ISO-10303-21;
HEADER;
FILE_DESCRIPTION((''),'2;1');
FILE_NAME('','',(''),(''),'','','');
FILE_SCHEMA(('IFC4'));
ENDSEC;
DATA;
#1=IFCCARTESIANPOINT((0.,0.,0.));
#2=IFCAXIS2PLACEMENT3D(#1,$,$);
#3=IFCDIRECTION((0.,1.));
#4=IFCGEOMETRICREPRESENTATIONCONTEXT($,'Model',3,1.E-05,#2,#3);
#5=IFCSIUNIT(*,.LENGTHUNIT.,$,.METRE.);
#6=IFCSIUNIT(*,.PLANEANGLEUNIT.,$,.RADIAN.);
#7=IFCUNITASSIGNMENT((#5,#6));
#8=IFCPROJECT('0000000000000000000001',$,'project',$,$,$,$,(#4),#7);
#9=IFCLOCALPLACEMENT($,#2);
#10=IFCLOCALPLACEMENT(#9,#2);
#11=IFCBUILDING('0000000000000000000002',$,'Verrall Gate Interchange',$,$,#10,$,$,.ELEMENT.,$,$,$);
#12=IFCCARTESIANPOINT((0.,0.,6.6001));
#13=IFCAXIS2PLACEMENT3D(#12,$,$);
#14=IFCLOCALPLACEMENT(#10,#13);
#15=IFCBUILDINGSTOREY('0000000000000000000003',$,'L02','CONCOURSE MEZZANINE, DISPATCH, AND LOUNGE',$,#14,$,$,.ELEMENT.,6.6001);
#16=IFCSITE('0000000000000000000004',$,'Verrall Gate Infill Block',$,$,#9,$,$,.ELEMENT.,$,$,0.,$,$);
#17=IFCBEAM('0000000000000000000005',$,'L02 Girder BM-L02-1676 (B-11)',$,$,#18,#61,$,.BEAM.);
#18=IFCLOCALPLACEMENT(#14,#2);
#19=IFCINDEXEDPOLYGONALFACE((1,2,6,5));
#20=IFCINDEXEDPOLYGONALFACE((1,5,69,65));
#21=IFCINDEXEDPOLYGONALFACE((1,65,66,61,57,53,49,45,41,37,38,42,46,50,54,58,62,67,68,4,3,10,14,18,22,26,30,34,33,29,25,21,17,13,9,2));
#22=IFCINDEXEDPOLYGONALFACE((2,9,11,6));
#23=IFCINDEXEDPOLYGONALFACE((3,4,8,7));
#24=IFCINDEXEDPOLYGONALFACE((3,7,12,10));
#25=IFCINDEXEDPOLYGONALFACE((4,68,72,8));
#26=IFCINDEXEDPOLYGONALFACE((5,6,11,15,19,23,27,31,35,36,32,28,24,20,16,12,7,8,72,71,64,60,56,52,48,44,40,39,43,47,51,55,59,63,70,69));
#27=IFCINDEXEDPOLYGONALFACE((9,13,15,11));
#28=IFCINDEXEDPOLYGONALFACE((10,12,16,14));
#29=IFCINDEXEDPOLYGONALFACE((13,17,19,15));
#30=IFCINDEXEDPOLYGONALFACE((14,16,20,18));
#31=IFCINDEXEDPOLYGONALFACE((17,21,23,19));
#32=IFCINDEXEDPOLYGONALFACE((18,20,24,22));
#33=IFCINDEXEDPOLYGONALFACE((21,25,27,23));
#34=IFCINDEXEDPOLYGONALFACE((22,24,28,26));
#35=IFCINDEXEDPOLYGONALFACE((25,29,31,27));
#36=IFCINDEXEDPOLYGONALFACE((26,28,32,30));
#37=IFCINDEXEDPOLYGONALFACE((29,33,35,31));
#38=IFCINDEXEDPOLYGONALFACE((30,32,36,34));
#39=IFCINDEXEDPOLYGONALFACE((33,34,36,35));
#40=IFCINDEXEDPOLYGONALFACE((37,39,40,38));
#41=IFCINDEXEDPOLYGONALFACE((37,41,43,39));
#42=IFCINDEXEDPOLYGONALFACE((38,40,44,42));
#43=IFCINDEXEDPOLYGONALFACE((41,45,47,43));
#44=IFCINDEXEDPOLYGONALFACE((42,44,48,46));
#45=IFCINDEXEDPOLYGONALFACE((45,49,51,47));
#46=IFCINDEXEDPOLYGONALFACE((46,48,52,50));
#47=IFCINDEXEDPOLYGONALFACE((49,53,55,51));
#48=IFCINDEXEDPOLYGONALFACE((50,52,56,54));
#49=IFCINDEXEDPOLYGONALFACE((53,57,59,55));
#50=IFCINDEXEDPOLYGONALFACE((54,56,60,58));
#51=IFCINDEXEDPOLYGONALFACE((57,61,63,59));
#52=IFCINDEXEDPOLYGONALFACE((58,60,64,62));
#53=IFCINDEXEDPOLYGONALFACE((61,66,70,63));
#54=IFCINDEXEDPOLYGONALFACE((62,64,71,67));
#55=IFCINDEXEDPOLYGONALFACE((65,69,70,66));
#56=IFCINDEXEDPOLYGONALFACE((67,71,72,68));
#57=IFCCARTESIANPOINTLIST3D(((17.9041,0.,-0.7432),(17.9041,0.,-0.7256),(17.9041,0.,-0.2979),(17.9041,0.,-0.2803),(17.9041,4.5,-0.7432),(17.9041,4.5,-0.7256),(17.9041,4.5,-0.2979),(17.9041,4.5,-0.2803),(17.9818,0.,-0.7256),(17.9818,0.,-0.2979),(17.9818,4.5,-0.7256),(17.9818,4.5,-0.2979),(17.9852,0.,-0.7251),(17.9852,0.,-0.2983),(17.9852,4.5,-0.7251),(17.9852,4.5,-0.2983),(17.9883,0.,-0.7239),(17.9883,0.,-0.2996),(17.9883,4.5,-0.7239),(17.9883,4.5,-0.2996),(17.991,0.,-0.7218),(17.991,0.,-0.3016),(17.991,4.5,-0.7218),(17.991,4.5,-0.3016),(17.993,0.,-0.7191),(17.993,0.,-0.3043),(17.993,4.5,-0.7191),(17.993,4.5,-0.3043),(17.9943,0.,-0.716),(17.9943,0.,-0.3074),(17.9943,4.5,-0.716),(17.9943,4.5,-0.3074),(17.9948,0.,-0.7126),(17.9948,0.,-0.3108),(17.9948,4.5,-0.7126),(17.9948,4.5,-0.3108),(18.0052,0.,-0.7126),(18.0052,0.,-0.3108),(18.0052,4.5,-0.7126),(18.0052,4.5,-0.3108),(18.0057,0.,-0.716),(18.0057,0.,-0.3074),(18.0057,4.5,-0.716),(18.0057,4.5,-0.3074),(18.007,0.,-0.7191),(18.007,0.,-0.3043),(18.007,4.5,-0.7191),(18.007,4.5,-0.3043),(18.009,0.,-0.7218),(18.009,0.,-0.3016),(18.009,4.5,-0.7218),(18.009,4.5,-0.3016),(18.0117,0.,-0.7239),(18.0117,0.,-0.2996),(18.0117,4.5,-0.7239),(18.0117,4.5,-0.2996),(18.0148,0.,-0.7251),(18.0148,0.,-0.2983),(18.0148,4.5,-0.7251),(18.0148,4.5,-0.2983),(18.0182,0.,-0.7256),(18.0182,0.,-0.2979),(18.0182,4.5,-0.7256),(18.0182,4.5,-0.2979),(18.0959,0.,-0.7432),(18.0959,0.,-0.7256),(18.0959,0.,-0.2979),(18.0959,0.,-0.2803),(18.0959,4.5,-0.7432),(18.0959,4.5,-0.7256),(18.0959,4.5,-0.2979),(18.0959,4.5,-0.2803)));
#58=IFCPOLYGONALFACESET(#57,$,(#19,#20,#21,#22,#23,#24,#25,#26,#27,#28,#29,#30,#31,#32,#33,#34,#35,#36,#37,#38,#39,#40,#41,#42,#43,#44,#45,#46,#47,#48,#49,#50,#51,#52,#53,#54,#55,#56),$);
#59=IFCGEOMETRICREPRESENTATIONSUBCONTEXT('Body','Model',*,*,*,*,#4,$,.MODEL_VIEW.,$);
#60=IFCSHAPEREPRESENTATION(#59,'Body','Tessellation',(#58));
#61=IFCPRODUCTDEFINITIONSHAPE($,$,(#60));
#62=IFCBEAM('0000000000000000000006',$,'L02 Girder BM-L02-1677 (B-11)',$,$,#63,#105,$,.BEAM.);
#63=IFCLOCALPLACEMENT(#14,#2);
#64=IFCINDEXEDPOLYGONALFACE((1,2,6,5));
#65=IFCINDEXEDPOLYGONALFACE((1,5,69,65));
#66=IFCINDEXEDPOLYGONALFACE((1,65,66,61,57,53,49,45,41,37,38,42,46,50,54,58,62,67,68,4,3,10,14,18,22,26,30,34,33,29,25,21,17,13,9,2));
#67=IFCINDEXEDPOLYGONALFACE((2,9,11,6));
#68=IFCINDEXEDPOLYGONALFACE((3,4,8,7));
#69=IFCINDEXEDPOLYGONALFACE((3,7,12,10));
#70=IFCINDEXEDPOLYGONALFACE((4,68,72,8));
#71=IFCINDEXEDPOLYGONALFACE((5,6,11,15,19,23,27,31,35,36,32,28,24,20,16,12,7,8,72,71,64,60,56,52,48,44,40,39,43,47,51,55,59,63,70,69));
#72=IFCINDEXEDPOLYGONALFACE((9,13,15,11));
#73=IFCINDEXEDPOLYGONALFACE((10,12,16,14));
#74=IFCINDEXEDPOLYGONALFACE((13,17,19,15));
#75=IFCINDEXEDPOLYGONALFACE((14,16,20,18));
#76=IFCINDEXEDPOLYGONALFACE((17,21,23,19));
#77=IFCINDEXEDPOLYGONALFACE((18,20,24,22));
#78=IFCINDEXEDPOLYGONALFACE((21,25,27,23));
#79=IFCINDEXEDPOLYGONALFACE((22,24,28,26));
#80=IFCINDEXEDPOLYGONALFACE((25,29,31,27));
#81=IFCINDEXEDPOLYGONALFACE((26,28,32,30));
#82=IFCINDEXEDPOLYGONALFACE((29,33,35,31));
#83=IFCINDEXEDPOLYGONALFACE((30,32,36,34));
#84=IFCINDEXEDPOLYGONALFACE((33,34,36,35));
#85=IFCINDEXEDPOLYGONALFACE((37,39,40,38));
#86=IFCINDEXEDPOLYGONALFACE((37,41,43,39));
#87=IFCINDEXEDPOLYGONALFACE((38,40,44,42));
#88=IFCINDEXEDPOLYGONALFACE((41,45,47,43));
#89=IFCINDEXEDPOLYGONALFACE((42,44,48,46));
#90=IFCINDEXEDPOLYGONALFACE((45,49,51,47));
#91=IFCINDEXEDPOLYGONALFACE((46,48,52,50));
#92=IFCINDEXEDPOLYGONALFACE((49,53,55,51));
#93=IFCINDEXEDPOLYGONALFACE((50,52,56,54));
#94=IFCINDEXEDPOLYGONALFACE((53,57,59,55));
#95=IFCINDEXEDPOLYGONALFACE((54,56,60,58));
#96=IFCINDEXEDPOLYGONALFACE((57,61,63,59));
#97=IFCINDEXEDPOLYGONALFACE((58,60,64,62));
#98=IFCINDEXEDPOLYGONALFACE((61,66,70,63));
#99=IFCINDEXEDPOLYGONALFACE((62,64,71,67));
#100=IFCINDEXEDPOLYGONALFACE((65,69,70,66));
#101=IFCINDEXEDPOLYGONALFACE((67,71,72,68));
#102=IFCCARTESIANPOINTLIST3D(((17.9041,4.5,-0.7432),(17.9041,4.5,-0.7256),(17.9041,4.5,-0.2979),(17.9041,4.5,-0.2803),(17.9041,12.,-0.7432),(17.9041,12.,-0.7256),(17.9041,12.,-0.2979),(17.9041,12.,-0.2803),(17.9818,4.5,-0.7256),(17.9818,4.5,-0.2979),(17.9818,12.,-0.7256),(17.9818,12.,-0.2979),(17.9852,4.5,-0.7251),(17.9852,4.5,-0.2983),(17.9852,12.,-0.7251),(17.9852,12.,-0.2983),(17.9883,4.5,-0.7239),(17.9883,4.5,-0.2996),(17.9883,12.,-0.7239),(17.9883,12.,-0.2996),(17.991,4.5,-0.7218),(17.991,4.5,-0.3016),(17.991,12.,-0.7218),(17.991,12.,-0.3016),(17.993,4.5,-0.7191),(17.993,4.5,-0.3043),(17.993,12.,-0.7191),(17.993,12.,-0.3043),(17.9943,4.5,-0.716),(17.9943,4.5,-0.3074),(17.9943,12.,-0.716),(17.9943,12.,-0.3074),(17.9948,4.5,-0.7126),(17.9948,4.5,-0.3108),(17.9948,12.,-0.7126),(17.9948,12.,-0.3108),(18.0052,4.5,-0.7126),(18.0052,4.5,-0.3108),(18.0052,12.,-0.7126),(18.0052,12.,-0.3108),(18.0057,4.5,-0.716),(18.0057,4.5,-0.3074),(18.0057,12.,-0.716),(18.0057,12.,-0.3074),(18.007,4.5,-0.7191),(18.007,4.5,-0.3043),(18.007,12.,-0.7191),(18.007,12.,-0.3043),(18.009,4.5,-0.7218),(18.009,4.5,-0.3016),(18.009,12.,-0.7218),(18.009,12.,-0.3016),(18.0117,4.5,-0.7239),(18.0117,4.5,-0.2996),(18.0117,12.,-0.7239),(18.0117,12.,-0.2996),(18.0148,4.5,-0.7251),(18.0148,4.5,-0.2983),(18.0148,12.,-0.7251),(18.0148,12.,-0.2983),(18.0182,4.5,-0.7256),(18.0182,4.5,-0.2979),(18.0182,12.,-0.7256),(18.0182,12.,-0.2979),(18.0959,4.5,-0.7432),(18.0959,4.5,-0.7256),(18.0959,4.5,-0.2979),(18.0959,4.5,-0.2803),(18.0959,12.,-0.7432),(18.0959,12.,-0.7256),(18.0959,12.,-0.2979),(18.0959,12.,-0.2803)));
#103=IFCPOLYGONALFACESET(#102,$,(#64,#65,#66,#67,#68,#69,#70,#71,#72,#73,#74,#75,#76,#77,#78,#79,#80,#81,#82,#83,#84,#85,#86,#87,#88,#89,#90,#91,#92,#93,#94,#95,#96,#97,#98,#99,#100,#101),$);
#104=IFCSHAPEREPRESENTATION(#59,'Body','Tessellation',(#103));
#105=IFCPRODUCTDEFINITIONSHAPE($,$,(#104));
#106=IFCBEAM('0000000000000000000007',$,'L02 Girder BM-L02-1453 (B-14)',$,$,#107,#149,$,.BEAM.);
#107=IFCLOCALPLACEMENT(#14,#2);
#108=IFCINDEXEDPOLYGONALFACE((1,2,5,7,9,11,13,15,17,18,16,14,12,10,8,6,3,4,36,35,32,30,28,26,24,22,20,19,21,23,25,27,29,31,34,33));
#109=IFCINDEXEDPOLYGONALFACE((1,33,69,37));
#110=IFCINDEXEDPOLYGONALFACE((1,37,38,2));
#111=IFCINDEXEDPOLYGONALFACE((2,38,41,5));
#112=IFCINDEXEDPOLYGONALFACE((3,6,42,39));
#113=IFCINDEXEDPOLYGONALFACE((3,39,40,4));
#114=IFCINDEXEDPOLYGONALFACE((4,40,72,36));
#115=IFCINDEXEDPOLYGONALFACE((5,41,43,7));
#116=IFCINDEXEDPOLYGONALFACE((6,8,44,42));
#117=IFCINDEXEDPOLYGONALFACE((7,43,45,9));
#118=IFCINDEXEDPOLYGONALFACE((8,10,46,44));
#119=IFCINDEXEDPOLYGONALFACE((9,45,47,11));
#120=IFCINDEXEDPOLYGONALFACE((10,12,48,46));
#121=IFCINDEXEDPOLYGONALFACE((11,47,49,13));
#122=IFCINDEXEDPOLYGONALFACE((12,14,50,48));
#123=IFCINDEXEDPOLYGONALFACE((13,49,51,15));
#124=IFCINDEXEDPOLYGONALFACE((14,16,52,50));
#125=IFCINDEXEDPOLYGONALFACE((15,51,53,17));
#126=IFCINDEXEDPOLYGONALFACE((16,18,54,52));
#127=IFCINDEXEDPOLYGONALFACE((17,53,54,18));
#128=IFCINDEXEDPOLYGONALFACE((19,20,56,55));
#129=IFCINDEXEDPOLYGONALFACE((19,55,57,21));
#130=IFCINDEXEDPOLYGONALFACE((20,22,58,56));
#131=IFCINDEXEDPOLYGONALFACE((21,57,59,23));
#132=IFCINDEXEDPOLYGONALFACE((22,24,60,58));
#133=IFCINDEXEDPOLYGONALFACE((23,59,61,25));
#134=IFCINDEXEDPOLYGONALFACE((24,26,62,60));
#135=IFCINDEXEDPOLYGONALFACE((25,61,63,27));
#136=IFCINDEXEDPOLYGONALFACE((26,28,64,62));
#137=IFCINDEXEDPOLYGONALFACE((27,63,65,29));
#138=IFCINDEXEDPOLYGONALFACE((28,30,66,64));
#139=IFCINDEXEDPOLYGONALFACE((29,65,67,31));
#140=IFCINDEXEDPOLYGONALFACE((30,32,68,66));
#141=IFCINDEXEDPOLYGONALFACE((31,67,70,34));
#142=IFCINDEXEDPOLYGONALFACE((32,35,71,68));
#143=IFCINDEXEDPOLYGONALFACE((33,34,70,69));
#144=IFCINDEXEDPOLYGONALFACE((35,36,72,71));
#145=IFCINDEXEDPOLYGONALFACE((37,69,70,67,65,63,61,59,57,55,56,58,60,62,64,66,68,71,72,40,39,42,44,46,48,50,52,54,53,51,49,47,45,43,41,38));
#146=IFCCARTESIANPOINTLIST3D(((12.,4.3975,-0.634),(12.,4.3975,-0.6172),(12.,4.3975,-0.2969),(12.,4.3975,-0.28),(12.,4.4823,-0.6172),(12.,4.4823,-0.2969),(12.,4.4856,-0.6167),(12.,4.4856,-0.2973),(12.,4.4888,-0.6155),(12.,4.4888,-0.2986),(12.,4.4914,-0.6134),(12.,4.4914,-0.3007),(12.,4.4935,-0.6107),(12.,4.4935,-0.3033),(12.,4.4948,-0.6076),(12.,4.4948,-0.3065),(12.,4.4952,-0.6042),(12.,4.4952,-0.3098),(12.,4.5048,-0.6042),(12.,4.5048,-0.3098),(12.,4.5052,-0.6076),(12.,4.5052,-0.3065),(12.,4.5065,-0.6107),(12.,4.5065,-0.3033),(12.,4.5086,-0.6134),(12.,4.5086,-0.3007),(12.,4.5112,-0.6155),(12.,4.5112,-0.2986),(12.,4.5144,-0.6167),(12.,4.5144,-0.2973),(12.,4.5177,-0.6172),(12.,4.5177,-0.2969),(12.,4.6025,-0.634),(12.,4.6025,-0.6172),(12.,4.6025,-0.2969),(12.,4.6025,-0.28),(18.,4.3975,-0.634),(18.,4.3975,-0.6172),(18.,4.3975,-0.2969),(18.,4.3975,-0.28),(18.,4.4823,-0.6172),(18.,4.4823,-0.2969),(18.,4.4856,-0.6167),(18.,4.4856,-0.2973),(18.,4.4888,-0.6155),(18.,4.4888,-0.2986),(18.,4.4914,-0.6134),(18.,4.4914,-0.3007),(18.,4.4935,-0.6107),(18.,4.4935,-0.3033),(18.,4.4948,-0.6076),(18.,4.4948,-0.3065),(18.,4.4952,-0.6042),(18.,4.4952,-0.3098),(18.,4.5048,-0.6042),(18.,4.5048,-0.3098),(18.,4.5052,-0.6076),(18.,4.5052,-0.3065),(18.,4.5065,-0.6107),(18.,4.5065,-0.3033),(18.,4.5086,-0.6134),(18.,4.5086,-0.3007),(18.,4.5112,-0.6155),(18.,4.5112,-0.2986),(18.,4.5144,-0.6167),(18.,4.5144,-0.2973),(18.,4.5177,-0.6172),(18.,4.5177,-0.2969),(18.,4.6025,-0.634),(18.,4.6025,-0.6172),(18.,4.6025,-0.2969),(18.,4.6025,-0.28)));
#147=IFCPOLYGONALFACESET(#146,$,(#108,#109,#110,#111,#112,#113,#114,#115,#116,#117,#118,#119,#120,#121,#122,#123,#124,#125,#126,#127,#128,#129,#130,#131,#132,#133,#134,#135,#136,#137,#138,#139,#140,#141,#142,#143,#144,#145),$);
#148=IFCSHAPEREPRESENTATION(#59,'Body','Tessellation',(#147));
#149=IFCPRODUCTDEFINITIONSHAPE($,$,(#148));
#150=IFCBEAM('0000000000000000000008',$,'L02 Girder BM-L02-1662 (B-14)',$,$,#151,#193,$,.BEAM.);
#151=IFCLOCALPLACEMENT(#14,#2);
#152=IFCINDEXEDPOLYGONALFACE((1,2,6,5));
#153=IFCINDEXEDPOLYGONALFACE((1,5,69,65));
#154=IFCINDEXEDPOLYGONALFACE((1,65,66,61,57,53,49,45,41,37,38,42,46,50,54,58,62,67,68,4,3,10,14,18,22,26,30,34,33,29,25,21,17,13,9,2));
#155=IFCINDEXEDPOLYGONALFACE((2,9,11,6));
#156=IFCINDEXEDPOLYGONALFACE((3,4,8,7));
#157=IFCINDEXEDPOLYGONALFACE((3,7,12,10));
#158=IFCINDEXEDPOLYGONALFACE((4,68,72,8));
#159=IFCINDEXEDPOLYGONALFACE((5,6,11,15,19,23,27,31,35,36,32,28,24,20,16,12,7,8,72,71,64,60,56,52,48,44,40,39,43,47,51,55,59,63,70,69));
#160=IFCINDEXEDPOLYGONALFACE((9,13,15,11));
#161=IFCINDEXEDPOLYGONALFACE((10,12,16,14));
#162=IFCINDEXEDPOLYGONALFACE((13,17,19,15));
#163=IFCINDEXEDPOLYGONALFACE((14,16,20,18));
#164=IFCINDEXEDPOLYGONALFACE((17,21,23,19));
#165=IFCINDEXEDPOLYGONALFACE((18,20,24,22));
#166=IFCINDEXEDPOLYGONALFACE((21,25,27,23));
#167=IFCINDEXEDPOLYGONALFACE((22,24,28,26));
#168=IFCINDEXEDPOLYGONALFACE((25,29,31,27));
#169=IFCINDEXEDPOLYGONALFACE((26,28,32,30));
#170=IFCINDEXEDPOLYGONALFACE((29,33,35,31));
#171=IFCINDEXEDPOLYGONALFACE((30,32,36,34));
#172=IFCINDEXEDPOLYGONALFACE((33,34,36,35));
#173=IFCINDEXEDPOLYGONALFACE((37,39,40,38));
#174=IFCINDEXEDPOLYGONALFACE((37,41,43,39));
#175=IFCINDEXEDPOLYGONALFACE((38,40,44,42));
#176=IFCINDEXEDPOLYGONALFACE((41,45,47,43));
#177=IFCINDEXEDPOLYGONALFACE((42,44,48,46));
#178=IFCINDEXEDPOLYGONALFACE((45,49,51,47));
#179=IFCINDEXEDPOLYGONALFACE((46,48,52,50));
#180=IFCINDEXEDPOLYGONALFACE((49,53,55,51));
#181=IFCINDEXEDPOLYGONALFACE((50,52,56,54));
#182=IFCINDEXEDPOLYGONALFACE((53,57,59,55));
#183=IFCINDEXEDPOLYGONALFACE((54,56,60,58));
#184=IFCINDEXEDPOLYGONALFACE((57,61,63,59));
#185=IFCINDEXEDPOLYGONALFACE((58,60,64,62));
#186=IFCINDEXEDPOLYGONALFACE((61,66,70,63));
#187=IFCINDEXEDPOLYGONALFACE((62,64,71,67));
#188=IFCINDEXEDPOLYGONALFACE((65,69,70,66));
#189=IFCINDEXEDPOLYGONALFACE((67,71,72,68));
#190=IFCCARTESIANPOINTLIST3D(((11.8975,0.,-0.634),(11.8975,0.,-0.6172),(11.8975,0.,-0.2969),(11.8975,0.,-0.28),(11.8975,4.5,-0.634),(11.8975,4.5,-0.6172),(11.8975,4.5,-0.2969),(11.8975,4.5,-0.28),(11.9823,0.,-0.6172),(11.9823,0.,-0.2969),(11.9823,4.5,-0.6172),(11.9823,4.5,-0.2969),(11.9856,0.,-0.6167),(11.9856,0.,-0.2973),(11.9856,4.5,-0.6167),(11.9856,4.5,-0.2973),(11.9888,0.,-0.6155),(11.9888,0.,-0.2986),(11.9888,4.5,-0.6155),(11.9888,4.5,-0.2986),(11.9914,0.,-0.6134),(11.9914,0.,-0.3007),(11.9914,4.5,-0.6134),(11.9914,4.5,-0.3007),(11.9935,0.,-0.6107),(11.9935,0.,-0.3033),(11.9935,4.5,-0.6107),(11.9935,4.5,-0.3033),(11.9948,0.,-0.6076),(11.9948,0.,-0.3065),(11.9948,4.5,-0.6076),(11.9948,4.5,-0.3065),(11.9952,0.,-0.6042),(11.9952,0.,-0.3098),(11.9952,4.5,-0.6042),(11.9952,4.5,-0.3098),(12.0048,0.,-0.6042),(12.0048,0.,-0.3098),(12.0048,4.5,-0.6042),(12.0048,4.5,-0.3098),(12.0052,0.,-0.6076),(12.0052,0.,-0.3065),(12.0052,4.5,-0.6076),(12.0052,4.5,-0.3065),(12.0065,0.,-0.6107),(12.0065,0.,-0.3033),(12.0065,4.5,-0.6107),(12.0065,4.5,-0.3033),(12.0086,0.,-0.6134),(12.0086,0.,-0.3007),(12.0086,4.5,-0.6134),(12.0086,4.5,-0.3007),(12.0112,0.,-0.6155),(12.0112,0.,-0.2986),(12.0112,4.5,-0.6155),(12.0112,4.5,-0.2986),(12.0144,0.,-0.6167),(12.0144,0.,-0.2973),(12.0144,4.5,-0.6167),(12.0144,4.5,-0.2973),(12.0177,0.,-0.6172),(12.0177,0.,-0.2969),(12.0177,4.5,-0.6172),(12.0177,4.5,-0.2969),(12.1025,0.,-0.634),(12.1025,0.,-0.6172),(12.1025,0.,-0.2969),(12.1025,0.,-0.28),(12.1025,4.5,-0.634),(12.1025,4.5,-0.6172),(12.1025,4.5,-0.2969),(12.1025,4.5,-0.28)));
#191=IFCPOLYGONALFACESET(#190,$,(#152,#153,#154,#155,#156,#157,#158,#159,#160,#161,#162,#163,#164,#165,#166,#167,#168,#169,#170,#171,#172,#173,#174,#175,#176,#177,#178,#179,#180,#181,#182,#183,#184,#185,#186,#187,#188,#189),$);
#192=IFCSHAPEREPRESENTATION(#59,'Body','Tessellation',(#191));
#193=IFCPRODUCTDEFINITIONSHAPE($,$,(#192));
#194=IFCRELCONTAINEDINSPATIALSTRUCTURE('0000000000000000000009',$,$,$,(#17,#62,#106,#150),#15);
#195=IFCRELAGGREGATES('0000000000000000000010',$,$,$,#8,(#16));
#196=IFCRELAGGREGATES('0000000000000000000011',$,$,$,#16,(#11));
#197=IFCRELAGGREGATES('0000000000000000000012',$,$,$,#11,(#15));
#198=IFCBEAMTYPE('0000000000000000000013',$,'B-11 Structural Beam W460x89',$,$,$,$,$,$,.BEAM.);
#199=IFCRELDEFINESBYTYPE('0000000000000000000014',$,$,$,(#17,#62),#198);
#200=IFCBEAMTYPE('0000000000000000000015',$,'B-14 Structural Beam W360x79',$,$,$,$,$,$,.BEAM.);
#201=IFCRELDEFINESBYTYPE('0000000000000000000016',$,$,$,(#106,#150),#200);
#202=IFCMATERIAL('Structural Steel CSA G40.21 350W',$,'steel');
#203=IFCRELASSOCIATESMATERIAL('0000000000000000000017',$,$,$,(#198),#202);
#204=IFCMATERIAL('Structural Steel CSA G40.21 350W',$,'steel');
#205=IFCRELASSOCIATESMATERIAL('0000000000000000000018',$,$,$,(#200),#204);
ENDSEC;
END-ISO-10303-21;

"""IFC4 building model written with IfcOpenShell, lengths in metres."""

from ifc_helpers import new_model, si_unit, direction, frame, origin, origin_2d, place, context, subcontext, project, spatial, i_section, extrude, material, material_profile, profile_set, type_object, element, save


model = new_model("IFC4")

# Units and contexts
model_context = context("Model", 3, precision=1e-05, world=origin(), true_north=direction((0.0, 1.0)))
body_context = subcontext(model_context, "Body", "Model", "MODEL_VIEW")
ifc_project = project(units=[si_unit("LENGTHUNIT", "METRE"), si_unit("PLANEANGLEUNIT", "RADIAN")], contexts=[model_context])

# Site, building, storey
site_placement = place(None, origin())
site = spatial("IfcSite", under=ifc_project, at=site_placement, Name="Verrall Gate Infill Block", CompositionType="ELEMENT", RefElevation=0.0)
building_placement = place(site_placement, origin())
building = spatial("IfcBuilding", under=site, at=building_placement, Name="Verrall Gate Interchange", CompositionType="ELEMENT")
storey_placement = place(building_placement, frame((0.0, 0.0, 6.6001)))
storey = spatial("IfcBuildingStorey", under=building, at=storey_placement, Name="L02", Description="CONCOURSE MEZZANINE, DISPATCH, AND LOUNGE", CompositionType="ELEMENT", Elevation=6.6001)

# Beams
ifc_material_1 = material(Name="Structural Steel CSA G40.21 350W", Category="steel")
ifc_material_profile_1 = material_profile(ifc_material_1, i_section(OverallWidth=0.1919, OverallDepth=0.4629, WebThickness=0.0105, FlangeThickness=0.0176, FilletRadius=0.0129, at=origin_2d()), Name="W460x89")
ifc_profile_set_1 = profile_set([ifc_material_profile_1], Name="Structural Steel CSA G40.21 350W")
beam_type_1 = type_object("IfcBeamType", Name="B-11 Structural Beam W460x89", PredefinedType="BEAM", material=ifc_profile_set_1)
beam_1_placement = place(storey_placement, frame((18.0, 0.0, -0.5117), z_axis=(0.0, 1.0, 0.0), x_axis=(-1.0, 0.0, 0.0)))
element("IfcBeam", 1, at=beam_1_placement, inside=storey, type_object=beam_type_1, Name="L02 Girder BM-L02-1676 (B-11)", PredefinedType="BEAM", context=body_context, shape_type="SweptSolid", body=[
    extrude(i_section(OverallWidth=0.1919, OverallDepth=0.4629, WebThickness=0.0105, FlangeThickness=0.0176, FilletRadius=0.0129, at=origin_2d()), origin(), (0.0, 0.0, 1.0), 4.5),
])
beam_2_placement = place(storey_placement, frame((18.0, 4.5, -0.5117), z_axis=(0.0, 1.0, 0.0), x_axis=(-1.0, 0.0, 0.0)))
element("IfcBeam", 2, at=beam_2_placement, inside=storey, type_object=beam_type_1, Name="L02 Girder BM-L02-1677 (B-11)", PredefinedType="BEAM", context=body_context, shape_type="SweptSolid", body=[
    extrude(i_section(OverallWidth=0.1919, OverallDepth=0.4629, WebThickness=0.0105, FlangeThickness=0.0176, FilletRadius=0.0129, at=origin_2d()), origin(), (0.0, 0.0, 1.0), 7.5),
])
ifc_material_2 = material(Name="Structural Steel CSA G40.21 350W", Category="steel")
ifc_material_profile_2 = material_profile(ifc_material_2, i_section(OverallWidth=0.2051, OverallDepth=0.354, WebThickness=0.0095, FlangeThickness=0.0168, FilletRadius=0.0129, at=origin_2d()), Name="W360x79")
ifc_profile_set_2 = profile_set([ifc_material_profile_2], Name="Structural Steel CSA G40.21 350W")
beam_type_2 = type_object("IfcBeamType", Name="B-14 Structural Beam W360x79", PredefinedType="BEAM", material=ifc_profile_set_2)
beam_3_placement = place(storey_placement, frame((12.0, 4.5, -0.457), z_axis=(1.0, 0.0, 0.0), x_axis=(0.0, 1.0, 0.0)))
element("IfcBeam", 3, at=beam_3_placement, inside=storey, type_object=beam_type_2, Name="L02 Girder BM-L02-1453 (B-14)", PredefinedType="BEAM", context=body_context, shape_type="SweptSolid", body=[
    extrude(i_section(OverallWidth=0.2051, OverallDepth=0.354, WebThickness=0.0095, FlangeThickness=0.0168, FilletRadius=0.0129, at=origin_2d()), origin(), (0.0, 0.0, 1.0), 6.0),
])
beam_4_placement = place(storey_placement, frame((12.0, 0.0, -0.457), z_axis=(0.0, 1.0, 0.0), x_axis=(-1.0, 0.0, 0.0)))
element("IfcBeam", 4, at=beam_4_placement, inside=storey, type_object=beam_type_2, Name="L02 Girder BM-L02-1662 (B-14)", PredefinedType="BEAM", context=body_context, shape_type="SweptSolid", body=[
    extrude(i_section(OverallWidth=0.2051, OverallDepth=0.354, WebThickness=0.0095, FlangeThickness=0.0168, FilletRadius=0.0129, at=origin_2d()), origin(), (0.0, 0.0, 1.0), 4.5),
])

save(model, "model.ifc")
